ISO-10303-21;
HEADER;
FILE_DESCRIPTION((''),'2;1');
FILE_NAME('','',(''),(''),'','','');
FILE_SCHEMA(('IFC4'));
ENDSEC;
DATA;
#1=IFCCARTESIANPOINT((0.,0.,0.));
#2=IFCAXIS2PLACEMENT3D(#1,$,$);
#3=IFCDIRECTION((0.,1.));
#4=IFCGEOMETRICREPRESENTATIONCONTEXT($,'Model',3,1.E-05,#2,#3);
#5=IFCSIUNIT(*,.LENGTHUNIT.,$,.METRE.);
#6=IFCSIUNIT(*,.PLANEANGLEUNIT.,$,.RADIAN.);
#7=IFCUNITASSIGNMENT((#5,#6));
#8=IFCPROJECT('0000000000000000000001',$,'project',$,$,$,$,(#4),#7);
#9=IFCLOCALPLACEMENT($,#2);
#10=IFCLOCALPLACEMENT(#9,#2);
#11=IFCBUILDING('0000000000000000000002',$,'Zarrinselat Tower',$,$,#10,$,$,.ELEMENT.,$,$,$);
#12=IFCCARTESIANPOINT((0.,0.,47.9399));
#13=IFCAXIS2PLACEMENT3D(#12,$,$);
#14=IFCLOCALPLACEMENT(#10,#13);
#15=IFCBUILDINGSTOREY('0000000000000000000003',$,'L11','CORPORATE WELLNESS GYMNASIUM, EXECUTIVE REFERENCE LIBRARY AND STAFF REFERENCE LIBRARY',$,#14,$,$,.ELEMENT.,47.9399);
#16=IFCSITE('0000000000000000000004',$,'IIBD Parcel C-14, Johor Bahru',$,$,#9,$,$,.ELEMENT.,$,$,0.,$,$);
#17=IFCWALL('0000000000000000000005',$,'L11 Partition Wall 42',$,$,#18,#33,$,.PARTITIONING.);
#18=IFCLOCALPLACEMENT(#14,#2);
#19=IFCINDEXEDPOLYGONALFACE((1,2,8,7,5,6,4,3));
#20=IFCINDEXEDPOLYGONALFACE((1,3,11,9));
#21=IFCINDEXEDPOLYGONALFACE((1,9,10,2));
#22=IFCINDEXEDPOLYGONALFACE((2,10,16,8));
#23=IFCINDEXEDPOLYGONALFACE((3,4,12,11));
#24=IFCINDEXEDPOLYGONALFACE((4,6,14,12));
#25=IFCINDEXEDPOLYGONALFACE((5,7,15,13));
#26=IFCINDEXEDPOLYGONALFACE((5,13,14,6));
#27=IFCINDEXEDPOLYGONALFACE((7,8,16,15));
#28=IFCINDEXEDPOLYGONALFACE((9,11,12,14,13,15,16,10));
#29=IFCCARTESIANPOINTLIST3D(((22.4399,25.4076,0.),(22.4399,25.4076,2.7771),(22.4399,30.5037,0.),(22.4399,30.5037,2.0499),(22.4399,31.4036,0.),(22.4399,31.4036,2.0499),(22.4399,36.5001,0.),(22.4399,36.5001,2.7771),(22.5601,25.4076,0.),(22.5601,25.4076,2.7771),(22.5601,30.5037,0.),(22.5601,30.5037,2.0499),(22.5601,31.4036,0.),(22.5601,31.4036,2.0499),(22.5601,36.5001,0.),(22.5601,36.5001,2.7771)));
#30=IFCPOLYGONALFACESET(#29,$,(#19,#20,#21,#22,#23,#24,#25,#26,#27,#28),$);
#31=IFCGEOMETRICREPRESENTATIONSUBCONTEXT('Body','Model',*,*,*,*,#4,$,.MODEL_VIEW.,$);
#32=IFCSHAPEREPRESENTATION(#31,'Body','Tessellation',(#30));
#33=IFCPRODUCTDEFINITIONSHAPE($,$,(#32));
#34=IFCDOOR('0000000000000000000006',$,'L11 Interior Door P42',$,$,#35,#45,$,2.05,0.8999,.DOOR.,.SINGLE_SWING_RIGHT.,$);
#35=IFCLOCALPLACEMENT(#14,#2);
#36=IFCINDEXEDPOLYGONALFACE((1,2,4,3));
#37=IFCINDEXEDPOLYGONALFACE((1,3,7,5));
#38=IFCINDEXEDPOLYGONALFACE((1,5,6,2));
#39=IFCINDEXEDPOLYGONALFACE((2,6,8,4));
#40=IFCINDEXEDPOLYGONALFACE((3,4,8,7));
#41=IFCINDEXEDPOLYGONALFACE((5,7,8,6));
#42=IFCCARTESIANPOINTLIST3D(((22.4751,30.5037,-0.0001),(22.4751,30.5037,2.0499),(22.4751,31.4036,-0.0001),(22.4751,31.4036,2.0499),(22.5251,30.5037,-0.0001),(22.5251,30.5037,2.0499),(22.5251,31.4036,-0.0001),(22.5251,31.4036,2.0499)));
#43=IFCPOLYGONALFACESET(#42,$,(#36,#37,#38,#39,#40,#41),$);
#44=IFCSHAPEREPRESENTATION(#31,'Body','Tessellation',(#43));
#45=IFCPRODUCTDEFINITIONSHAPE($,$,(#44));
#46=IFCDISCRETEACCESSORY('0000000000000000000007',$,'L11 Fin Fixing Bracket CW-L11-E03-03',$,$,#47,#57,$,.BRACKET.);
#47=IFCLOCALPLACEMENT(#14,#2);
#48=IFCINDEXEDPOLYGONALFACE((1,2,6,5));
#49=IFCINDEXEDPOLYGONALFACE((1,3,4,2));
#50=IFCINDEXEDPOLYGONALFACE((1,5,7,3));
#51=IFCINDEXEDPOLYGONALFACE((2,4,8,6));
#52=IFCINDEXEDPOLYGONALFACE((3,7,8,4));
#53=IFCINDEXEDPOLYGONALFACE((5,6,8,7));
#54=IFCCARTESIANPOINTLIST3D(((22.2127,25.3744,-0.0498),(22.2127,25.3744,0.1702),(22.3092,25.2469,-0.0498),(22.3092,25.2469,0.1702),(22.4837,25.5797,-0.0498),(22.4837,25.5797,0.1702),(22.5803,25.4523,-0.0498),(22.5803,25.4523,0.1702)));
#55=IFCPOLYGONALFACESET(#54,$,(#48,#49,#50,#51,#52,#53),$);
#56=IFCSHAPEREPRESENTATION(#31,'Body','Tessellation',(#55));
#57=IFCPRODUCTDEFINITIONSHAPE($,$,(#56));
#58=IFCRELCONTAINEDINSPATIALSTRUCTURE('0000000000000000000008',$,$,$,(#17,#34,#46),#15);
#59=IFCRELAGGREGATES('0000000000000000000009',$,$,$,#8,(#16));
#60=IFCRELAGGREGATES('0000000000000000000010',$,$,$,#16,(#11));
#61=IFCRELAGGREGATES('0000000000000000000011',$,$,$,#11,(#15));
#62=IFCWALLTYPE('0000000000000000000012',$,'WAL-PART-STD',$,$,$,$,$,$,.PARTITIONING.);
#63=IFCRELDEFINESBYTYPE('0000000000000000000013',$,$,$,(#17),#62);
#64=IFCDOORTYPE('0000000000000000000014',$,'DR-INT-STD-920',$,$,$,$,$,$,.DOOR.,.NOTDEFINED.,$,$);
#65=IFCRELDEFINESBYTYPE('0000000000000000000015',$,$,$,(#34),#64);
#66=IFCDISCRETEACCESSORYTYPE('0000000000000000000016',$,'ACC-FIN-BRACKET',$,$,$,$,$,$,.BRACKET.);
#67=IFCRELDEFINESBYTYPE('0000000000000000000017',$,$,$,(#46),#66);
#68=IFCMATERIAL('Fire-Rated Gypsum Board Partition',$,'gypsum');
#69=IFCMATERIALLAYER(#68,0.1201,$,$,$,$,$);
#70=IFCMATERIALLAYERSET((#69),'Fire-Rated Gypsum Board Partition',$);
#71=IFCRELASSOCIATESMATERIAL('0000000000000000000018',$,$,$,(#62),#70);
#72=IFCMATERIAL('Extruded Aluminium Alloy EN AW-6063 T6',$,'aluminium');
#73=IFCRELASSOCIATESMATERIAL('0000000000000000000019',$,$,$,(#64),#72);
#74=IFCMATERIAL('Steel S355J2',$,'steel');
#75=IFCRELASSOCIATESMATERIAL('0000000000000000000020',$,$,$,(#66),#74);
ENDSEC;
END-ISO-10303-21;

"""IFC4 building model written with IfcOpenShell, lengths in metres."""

from ifc_helpers import new_model, si_unit, direction, frame, frame_2d, origin, origin_2d, place, context, subcontext, project, spatial, rectangle, extrude, material, layer, layer_set, type_object, element, fill, save


model = new_model("IFC4")

# Units and contexts
model_context = context("Model", 3, precision=1e-05, world=origin(), true_north=direction((0.0, 1.0)))
body_context = subcontext(model_context, "Body", "Model", "MODEL_VIEW")
ifc_project = project(units=[si_unit("LENGTHUNIT", "METRE"), si_unit("PLANEANGLEUNIT", "RADIAN")], contexts=[model_context])

# Site, building, storey
site_placement = place(None, origin())
site = spatial("IfcSite", under=ifc_project, at=site_placement, Name="IIBD Parcel C-14, Johor Bahru", CompositionType="ELEMENT", RefElevation=0.0)
building_placement = place(site_placement, origin())
building = spatial("IfcBuilding", under=site, at=building_placement, Name="Zarrinselat Tower", CompositionType="ELEMENT")
storey_placement = place(building_placement, frame((0.0, 0.0, 47.9399)))
storey = spatial("IfcBuildingStorey", under=building, at=storey_placement, Name="L11", Description="CORPORATE WELLNESS GYMNASIUM, EXECUTIVE REFERENCE LIBRARY AND STAFF REFERENCE LIBRARY", CompositionType="ELEMENT", Elevation=47.9399)

# Wall, opening, door
ifc_material_1 = material(Name="Fire-Rated Gypsum Board Partition", Category="gypsum")
ifc_layer_1 = layer(ifc_material_1, 0.1201)
ifc_layer_set_1 = layer_set([ifc_layer_1], Name="Fire-Rated Gypsum Board Partition")
wall_type = type_object("IfcWallType", Name="WAL-PART-STD", PredefinedType="PARTITIONING", material=ifc_layer_set_1)
wall_placement = place(storey_placement, frame((22.5, 25.4075, 0.0), z_axis=(0.0, 0.0, 1.0), x_axis=(0.0, 1.0, 0.0)))
wall = element("IfcWall", 1, at=wall_placement, inside=storey, type_object=wall_type, Name="L11 Partition Wall 42", PredefinedType="PARTITIONING", context=body_context, shape_type="SweptSolid", body=[
    extrude(rectangle(XDim=11.0925, YDim=0.1201, at=frame_2d((5.5464, 0.0))), origin(), (0.0, 0.0, 1.0), 2.7771),
])
opening_placement = place(wall_placement, frame((5.0962, 0.0, 0.0)))
opening = element("IfcOpeningElement", 2, at=opening_placement, cuts=wall, PredefinedType="OPENING", context=body_context, shape_type="SweptSolid", body=[
    extrude(rectangle(XDim=0.8999, YDim=2.05, at=frame_2d((0.45, 1.0249))), frame((0.0, 0.0701, 0.0), z_axis=(0.0, -1.0, 0.0), x_axis=(1.0, 0.0, 0.0)), (0.0, 0.0, 1.0), 0.1401),
])
ifc_material_2 = material(Name="Extruded Aluminium Alloy EN AW-6063 T6", Category="aluminium")
door_type = type_object("IfcDoorType", Name="DR-INT-STD-920", OperationType="NOTDEFINED", PredefinedType="DOOR", material=ifc_material_2)
door_placement = place(opening_placement, origin())
door = element("IfcDoor", 3, at=door_placement, inside=storey, type_object=door_type, Name="L11 Interior Door P42", OperationType="SINGLE_SWING_RIGHT", OverallHeight=2.05, OverallWidth=0.8999, PredefinedType="DOOR", context=body_context, shape_type="SweptSolid", body=[
    extrude(rectangle(XDim=0.8999, YDim=2.05, at=frame_2d((0.45, 1.0249))), frame((0.0, 0.0249, 0.0), z_axis=(0.0, -1.0, 0.0), x_axis=(1.0, 0.0, 0.0)), (0.0, 0.0, 1.0), 0.05),
])
fill(opening, door)

# Discrete accessory
ifc_material_3 = material(Name="Steel S355J2", Category="steel")
discrete_accessory_type = type_object("IfcDiscreteAccessoryType", Name="ACC-FIN-BRACKET", PredefinedType="BRACKET", material=ifc_material_3)
discrete_accessory_placement = place(storey_placement, frame((22.3965, 25.4133, -0.0498), z_axis=(0.0, 0.0, 1.0), x_axis=(-0.797092, -0.603857, 0.0)))
element("IfcDiscreteAccessory", 4, at=discrete_accessory_placement, inside=storey, type_object=discrete_accessory_type, Name="L11 Fin Fixing Bracket CW-L11-E03-03", PredefinedType="BRACKET", context=body_context, shape_type="SweptSolid", body=[
    extrude(rectangle(XDim=0.3401, YDim=0.1599, at=origin_2d()), origin(), (0.0, 0.0, 1.0), 0.22),
])

save(model, "model.ifc")
